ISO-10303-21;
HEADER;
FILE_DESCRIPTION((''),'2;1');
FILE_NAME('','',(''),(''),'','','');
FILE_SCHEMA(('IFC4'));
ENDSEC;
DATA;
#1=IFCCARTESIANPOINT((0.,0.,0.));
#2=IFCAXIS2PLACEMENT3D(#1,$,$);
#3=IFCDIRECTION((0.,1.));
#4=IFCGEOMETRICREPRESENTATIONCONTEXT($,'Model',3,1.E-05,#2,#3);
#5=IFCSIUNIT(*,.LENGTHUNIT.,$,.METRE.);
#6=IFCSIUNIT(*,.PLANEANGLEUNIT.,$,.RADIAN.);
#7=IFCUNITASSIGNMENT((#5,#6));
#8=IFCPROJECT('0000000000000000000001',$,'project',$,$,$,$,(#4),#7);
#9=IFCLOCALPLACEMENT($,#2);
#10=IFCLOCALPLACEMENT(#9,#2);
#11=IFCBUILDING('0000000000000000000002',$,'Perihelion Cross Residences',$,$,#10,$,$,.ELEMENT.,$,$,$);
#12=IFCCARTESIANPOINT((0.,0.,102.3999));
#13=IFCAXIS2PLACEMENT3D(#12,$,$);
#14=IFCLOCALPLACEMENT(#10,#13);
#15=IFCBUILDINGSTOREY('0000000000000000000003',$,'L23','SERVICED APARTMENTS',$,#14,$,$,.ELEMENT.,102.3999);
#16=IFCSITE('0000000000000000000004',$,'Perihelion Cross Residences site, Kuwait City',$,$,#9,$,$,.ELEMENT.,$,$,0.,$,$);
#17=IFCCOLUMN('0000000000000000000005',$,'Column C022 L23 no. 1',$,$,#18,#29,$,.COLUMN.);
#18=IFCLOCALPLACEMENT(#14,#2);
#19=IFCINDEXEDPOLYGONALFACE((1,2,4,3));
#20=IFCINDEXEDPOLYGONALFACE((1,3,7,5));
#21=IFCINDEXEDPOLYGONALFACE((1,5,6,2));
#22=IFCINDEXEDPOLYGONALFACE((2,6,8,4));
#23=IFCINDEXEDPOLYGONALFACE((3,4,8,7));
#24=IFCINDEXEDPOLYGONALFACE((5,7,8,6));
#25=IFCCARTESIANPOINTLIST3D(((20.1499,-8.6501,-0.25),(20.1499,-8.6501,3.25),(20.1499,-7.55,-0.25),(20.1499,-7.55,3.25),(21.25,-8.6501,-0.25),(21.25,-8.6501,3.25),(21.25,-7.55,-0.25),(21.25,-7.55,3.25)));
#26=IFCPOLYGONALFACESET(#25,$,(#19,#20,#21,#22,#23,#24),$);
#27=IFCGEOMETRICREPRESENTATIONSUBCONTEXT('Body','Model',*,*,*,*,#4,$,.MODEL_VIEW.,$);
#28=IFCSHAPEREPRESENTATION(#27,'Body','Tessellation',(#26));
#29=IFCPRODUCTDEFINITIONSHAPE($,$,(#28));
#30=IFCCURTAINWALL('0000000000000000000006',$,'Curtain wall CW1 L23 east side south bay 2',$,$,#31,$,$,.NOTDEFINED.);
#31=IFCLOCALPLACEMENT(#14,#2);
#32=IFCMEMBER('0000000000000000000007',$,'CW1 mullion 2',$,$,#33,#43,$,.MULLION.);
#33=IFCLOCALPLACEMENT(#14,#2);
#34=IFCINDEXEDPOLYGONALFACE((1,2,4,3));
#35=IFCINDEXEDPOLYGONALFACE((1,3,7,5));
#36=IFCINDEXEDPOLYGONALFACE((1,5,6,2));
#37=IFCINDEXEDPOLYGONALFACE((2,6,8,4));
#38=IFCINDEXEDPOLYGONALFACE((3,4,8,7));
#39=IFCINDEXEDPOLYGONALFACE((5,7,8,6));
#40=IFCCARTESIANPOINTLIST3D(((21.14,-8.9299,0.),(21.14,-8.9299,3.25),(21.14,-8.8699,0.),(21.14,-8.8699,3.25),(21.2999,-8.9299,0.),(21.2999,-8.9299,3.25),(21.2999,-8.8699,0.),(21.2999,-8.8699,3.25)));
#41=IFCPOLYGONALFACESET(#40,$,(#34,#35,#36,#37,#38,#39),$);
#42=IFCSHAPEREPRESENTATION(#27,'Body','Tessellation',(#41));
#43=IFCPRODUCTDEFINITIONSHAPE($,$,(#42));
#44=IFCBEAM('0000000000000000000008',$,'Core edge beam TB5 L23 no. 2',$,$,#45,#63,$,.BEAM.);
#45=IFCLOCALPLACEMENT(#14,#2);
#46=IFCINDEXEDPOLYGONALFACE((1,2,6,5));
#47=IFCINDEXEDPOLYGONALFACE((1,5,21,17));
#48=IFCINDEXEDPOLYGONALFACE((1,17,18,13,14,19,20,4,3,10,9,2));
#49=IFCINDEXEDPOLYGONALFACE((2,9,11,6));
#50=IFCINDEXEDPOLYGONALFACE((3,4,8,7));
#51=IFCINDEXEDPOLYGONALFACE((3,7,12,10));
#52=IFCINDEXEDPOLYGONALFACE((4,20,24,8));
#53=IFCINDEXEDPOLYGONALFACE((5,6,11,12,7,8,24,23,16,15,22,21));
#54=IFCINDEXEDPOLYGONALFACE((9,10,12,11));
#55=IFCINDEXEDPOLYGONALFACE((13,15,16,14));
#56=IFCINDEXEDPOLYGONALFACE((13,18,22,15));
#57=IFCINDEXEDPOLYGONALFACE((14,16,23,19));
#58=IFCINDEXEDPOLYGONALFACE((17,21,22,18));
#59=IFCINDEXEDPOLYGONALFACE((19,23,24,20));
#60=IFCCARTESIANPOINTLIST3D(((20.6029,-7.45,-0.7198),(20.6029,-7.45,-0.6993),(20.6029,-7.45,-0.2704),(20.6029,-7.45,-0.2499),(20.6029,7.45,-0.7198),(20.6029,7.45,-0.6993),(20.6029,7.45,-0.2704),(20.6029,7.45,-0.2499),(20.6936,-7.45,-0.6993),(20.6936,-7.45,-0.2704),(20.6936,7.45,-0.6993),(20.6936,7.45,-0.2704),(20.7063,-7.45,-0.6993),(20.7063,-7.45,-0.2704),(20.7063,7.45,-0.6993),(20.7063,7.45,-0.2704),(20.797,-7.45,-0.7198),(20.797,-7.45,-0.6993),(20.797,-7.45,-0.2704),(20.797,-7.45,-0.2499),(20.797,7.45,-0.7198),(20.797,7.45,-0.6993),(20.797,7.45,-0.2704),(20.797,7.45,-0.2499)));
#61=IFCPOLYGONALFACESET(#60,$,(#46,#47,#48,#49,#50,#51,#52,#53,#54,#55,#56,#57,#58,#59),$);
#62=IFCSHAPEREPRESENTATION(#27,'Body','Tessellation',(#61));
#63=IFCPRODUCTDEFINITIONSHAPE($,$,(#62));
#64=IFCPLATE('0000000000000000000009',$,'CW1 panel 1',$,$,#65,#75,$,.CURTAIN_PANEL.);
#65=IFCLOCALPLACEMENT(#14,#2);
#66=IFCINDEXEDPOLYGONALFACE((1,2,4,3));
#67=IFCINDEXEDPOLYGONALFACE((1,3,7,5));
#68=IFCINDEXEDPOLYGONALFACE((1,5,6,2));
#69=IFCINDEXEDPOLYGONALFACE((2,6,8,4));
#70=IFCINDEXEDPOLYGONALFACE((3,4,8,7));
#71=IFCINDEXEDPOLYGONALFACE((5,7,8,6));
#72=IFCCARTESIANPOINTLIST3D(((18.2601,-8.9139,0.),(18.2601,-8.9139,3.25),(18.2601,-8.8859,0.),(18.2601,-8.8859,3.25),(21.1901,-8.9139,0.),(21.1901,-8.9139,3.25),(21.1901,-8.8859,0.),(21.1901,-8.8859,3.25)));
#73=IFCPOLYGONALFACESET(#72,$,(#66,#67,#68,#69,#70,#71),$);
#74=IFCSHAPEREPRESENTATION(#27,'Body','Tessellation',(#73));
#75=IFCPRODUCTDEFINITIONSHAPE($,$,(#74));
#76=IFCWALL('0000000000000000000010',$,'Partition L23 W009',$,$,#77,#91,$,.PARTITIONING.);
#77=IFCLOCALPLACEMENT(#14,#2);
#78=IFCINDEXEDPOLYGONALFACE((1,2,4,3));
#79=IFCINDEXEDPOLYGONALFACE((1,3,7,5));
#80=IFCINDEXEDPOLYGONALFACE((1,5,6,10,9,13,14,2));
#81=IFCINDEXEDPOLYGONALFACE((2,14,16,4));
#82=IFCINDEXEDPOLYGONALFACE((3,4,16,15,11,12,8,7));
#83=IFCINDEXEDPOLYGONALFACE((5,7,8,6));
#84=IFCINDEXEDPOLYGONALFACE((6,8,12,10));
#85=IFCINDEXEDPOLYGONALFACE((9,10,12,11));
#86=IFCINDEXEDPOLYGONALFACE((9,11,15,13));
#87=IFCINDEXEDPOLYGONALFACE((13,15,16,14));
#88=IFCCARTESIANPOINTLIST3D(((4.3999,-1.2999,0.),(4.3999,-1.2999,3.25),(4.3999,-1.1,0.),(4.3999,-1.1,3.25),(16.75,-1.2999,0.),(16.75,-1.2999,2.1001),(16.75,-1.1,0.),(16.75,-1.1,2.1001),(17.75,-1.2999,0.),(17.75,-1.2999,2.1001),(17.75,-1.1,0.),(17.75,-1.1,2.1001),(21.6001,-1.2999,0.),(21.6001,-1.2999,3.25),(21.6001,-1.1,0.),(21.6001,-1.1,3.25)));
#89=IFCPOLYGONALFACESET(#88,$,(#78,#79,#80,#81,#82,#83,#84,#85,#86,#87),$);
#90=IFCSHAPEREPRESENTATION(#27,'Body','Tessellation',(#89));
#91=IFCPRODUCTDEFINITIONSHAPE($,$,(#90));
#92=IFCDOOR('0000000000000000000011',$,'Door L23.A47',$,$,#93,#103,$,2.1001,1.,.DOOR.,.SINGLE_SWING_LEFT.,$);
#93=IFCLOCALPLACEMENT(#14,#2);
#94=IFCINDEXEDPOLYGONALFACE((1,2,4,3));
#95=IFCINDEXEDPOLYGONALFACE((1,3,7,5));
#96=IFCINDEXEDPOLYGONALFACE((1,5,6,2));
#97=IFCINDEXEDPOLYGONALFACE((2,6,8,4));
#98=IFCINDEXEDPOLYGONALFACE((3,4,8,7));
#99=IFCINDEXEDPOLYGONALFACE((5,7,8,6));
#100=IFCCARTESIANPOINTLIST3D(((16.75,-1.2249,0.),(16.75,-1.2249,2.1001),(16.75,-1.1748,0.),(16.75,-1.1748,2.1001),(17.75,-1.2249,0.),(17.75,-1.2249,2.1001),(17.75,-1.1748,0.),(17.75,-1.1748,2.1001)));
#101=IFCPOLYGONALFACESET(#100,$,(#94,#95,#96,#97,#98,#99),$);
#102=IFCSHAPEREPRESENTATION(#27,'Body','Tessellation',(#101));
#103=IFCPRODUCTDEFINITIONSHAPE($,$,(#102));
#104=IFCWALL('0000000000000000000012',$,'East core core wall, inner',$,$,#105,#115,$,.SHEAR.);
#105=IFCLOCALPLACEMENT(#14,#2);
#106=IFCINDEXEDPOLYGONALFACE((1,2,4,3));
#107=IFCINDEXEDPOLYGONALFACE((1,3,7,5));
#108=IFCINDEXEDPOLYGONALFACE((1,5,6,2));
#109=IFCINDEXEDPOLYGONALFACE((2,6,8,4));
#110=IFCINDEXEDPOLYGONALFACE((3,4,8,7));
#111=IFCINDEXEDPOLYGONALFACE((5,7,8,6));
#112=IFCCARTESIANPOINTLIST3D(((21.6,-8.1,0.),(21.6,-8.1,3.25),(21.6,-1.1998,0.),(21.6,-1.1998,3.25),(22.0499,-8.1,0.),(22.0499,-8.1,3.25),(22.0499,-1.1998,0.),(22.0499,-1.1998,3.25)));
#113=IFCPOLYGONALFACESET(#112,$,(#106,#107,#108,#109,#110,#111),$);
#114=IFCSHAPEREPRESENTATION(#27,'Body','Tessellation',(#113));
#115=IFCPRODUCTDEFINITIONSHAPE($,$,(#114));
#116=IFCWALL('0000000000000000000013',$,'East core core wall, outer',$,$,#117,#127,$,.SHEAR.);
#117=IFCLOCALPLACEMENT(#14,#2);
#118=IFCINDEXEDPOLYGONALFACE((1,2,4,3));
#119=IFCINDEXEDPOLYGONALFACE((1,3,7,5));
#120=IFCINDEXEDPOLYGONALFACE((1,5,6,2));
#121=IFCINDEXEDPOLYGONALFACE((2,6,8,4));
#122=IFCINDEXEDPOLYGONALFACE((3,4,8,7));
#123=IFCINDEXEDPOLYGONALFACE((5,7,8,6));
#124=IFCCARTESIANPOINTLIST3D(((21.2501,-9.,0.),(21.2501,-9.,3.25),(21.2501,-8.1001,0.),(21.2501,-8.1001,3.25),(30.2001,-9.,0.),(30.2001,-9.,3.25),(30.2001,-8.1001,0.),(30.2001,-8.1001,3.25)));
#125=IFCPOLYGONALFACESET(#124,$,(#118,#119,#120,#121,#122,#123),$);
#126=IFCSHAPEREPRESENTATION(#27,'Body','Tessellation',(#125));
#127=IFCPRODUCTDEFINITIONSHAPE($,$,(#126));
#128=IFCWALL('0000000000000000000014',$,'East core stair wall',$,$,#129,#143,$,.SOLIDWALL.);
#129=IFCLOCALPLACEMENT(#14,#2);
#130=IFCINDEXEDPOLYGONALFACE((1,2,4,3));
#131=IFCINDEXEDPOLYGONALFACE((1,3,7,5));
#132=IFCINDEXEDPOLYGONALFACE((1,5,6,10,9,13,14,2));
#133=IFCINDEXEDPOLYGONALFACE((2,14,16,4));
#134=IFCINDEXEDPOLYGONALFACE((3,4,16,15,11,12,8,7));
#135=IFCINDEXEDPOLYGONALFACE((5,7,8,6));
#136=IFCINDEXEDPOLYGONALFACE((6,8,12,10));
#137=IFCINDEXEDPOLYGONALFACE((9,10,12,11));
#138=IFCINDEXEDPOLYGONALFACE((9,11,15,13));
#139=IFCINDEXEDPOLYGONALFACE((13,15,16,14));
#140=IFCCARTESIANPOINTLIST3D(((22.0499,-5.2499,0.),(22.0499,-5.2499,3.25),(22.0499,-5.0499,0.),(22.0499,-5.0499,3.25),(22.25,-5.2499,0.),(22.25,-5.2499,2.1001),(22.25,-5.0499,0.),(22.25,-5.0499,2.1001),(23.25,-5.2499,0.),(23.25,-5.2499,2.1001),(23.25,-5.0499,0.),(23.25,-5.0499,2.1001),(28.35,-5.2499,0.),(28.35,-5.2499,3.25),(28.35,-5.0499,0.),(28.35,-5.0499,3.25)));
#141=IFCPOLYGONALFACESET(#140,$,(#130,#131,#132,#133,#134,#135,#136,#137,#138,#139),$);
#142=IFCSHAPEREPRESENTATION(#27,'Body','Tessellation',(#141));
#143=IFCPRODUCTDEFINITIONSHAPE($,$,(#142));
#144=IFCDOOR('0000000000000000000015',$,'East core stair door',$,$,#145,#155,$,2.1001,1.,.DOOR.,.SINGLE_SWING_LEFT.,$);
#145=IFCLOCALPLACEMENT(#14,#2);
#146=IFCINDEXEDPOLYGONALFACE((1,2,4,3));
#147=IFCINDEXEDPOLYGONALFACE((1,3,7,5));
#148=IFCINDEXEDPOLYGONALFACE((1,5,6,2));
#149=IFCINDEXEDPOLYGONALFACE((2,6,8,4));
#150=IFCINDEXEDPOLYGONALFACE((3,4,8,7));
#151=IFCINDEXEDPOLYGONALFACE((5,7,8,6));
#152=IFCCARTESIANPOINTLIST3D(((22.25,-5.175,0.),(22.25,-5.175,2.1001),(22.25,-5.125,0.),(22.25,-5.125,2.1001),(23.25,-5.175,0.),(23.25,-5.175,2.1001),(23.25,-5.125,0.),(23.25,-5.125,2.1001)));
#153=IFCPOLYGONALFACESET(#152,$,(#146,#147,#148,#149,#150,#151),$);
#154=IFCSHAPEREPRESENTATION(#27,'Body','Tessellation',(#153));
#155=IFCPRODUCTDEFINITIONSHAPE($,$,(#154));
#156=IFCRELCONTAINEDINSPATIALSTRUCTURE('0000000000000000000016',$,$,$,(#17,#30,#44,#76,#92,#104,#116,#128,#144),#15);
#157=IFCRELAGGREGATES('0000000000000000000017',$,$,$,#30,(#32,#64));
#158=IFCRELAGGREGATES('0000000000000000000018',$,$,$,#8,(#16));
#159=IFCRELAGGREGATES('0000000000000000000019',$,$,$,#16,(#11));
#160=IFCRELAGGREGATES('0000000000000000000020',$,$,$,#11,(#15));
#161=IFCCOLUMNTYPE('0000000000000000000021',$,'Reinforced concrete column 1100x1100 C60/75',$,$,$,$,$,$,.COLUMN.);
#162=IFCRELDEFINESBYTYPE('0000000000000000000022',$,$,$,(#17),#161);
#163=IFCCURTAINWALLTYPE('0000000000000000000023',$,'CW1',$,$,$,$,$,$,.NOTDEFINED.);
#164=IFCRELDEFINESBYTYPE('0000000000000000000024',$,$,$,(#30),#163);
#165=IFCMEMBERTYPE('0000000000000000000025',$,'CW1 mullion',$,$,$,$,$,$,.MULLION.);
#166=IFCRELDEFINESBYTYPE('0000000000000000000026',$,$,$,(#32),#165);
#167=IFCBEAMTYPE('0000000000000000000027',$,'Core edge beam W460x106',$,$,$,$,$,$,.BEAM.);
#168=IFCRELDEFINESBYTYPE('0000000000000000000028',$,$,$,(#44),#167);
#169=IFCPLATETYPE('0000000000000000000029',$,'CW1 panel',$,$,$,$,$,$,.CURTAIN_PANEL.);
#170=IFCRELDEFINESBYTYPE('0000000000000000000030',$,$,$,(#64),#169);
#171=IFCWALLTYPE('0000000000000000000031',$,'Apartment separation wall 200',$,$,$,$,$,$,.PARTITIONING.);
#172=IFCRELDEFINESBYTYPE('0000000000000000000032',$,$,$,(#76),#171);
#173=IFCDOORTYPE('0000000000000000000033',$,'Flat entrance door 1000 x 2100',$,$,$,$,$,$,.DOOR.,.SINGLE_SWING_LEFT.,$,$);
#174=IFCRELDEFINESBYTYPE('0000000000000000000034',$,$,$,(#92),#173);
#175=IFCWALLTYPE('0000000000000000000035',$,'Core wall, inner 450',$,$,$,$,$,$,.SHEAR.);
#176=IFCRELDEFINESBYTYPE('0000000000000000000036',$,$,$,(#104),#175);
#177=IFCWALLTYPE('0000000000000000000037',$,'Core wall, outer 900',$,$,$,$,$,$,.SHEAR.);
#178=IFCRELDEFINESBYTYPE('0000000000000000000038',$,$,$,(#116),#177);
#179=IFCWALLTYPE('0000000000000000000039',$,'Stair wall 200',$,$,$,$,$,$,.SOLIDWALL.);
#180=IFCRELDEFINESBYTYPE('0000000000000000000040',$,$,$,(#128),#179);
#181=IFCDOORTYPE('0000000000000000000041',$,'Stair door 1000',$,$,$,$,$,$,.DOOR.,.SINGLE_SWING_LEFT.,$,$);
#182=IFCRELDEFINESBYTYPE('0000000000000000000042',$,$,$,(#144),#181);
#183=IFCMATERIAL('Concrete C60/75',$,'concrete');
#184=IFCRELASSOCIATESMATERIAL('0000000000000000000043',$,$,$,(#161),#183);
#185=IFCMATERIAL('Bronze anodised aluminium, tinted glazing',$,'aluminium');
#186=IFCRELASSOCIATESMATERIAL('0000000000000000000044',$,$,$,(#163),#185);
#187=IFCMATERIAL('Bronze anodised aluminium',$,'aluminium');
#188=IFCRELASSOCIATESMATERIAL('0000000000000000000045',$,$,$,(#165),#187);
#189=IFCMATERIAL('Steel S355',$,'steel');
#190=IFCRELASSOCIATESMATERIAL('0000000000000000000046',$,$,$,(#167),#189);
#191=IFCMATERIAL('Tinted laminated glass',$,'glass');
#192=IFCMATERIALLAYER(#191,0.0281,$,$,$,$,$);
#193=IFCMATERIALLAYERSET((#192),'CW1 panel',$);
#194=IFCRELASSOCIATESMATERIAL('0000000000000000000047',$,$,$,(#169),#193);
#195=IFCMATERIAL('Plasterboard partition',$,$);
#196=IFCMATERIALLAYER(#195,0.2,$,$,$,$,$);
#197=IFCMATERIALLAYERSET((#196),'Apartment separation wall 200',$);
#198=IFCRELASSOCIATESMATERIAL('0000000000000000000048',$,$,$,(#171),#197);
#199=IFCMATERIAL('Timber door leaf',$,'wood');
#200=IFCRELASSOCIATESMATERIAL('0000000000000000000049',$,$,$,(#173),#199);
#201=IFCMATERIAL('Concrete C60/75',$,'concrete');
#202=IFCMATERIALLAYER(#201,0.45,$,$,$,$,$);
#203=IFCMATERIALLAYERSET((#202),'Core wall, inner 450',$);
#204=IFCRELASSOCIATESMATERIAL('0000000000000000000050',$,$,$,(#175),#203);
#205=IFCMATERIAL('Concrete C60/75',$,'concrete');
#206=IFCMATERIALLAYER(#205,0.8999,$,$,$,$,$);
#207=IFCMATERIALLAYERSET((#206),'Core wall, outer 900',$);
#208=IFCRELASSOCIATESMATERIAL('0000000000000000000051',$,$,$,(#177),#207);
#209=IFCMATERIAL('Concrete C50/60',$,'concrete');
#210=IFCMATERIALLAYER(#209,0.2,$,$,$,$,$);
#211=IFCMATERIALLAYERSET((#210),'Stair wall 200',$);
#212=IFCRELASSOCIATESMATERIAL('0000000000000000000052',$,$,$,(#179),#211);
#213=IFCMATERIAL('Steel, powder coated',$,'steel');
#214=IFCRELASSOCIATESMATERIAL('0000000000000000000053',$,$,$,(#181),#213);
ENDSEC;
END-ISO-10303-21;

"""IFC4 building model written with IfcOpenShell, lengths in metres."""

from ifc_helpers import new_model, si_unit, direction, frame, frame_2d, origin, origin_2d, place, context, subcontext, project, spatial, rectangle, i_section, extrude, material, layer, layer_set, material_profile, profile_set, type_object, element, fill, aggregate, save


model = new_model("IFC4")

# Units and contexts
model_context = context("Model", 3, precision=1e-05, world=origin(), true_north=direction((0.0, 1.0)))
body_context = subcontext(model_context, "Body", "Model", "MODEL_VIEW")
ifc_project = project(units=[si_unit("LENGTHUNIT", "METRE"), si_unit("PLANEANGLEUNIT", "RADIAN")], contexts=[model_context])

# Site, building, storey
site_placement = place(None, origin())
site = spatial("IfcSite", under=ifc_project, at=site_placement, Name="Perihelion Cross Residences site, Kuwait City", CompositionType="ELEMENT", RefElevation=0.0)
building_placement = place(site_placement, origin())
building = spatial("IfcBuilding", under=site, at=building_placement, Name="Perihelion Cross Residences", CompositionType="ELEMENT")
storey_placement = place(building_placement, frame((0.0, 0.0, 102.3999)))
storey = spatial("IfcBuildingStorey", under=building, at=storey_placement, Name="L23", Description="SERVICED APARTMENTS", CompositionType="ELEMENT", Elevation=102.3999)

# Column
ifc_material_1 = material(Name="Concrete C60/75", Category="concrete")
ifc_material_profile_1 = material_profile(ifc_material_1, rectangle(XDim=1.1001, YDim=1.1001, at=origin_2d()), Name="RC 1100x1100")
ifc_profile_set_1 = profile_set([ifc_material_profile_1], Name="Concrete C60/75")
column_type = type_object("IfcColumnType", Name="Reinforced concrete column 1100x1100 C60/75", PredefinedType="COLUMN", material=ifc_profile_set_1)
column_placement = place(storey_placement, frame((20.7, -8.1001, -0.25), z_axis=(0.0, 0.0, 1.0), x_axis=(1.0, 0.0, 0.0)))
element("IfcColumn", 1, at=column_placement, inside=storey, type_object=column_type, Name="Column C022 L23 no. 1", PredefinedType="COLUMN", context=body_context, shape_type="SweptSolid", body=[
    extrude(rectangle(XDim=1.1001, YDim=1.1001, at=origin_2d()), origin(), (0.0, 0.0, 1.0), 3.5),
])

# Curtain wall, member
ifc_material_2 = material(Name="Bronze anodised aluminium, tinted glazing", Category="aluminium")
curtain_wall_type = type_object("IfcCurtainWallType", Name="CW1", PredefinedType="NOTDEFINED", material=ifc_material_2)
curtain_wall_placement = place(storey_placement, origin())
curtain_wall = element("IfcCurtainWall", 2, at=curtain_wall_placement, inside=storey, type_object=curtain_wall_type, Name="Curtain wall CW1 L23 east side south bay 2", PredefinedType="NOTDEFINED")
ifc_material_3 = material(Name="Bronze anodised aluminium", Category="aluminium")
ifc_material_profile_2 = material_profile(ifc_material_3, rectangle(XDim=0.0601, YDim=0.1599, at=origin_2d()), Name="CW1 mullion")
ifc_profile_set_2 = profile_set([ifc_material_profile_2], Name="Bronze anodised aluminium")
member_type = type_object("IfcMemberType", Name="CW1 mullion", PredefinedType="MULLION", material=ifc_profile_set_2)
member_placement = place(storey_placement, frame((21.22, -8.8999, 0.0), z_axis=(0.0, 0.0, 1.0), x_axis=(0.0, 1.0, 0.0)))
member = element("IfcMember", 3, at=member_placement, type_object=member_type, Name="CW1 mullion 2", PredefinedType="MULLION", context=body_context, shape_type="SweptSolid", body=[
    extrude(rectangle(XDim=0.0601, YDim=0.1599, at=origin_2d()), origin(), (0.0, 0.0, 1.0), 3.25),
])

# Beam
ifc_material_4 = material(Name="Steel S355", Category="steel")
ifc_material_profile_3 = material_profile(ifc_material_4, i_section(OverallWidth=0.1941, OverallDepth=0.47, WebThickness=0.0127, FlangeThickness=0.0205, at=origin_2d()), Name="W460x106")
ifc_profile_set_3 = profile_set([ifc_material_profile_3], Name="Steel S355")
beam_type = type_object("IfcBeamType", Name="Core edge beam W460x106", PredefinedType="BEAM", material=ifc_profile_set_3)
beam_placement = place(storey_placement, frame((20.7, -7.45, -0.4849), z_axis=(0.0, 1.0, 0.0), x_axis=(-1.0, 0.0, 0.0)))
element("IfcBeam", 4, at=beam_placement, inside=storey, type_object=beam_type, Name="Core edge beam TB5 L23 no. 2", PredefinedType="BEAM", context=body_context, shape_type="SweptSolid", body=[
    extrude(i_section(OverallWidth=0.1941, OverallDepth=0.47, WebThickness=0.0127, FlangeThickness=0.0205, at=origin_2d()), origin(), (0.0, 0.0, 1.0), 14.8999),
])

# Plate
ifc_material_5 = material(Name="Tinted laminated glass", Category="glass")
ifc_layer_1 = layer(ifc_material_5, 0.0281)
ifc_layer_set_1 = layer_set([ifc_layer_1], Name="CW1 panel")
plate_type = type_object("IfcPlateType", Name="CW1 panel", PredefinedType="CURTAIN_PANEL", material=ifc_layer_set_1)
plate_placement = place(storey_placement, frame((19.7251, -8.8999, 0.0), z_axis=(0.0, 0.0, 1.0), x_axis=(1.0, 0.0, 0.0)))
plate = element("IfcPlate", 5, at=plate_placement, type_object=plate_type, Name="CW1 panel 1", PredefinedType="CURTAIN_PANEL", context=body_context, shape_type="SweptSolid", body=[
    extrude(rectangle(XDim=2.9299, YDim=0.0281, at=origin_2d()), origin(), (0.0, 0.0, 1.0), 3.25),
])
aggregate(curtain_wall, [member, plate])

# Wall, opening, door
ifc_material_6 = material(Name="Plasterboard partition")
ifc_layer_2 = layer(ifc_material_6, 0.2)
ifc_layer_set_2 = layer_set([ifc_layer_2], Name="Apartment separation wall 200")
wall_type_1 = type_object("IfcWallType", Name="Apartment separation wall 200", PredefinedType="PARTITIONING", material=ifc_layer_set_2)
wall_1_placement = place(storey_placement, frame((21.6001, -1.2, 0.0), z_axis=(0.0, 0.0, 1.0), x_axis=(-1.0, 0.0, 0.0)))
wall_1 = element("IfcWall", 6, at=wall_1_placement, inside=storey, type_object=wall_type_1, Name="Partition L23 W009", PredefinedType="PARTITIONING", context=body_context, shape_type="SweptSolid", body=[
    extrude(rectangle(XDim=17.2002, YDim=0.2, at=frame_2d((8.6001, 0.0))), origin(), (0.0, 0.0, 1.0), 3.25),
])
opening_1_placement = place(wall_1_placement, frame((3.8501, 0.0, 0.0)))
opening_1 = element("IfcOpeningElement", 7, at=opening_1_placement, cuts=wall_1, PredefinedType="OPENING", context=body_context, shape_type="SweptSolid", body=[
    extrude(rectangle(XDim=1.0, YDim=2.1001, at=frame_2d((0.5, 1.05))), frame((0.0, 0.1099, 0.0), z_axis=(0.0, -1.0, 0.0), x_axis=(1.0, 0.0, 0.0)), (0.0, 0.0, 1.0), 0.22),
])
ifc_material_7 = material(Name="Timber door leaf", Category="wood")
door_type_1 = type_object("IfcDoorType", Name="Flat entrance door 1000 x 2100", OperationType="SINGLE_SWING_LEFT", PredefinedType="DOOR", material=ifc_material_7)
door_1_placement = place(opening_1_placement, origin())
door_1 = element("IfcDoor", 8, at=door_1_placement, inside=storey, type_object=door_type_1, Name="Door L23.A47", OperationType="SINGLE_SWING_LEFT", OverallHeight=2.1001, OverallWidth=1.0, PredefinedType="DOOR", context=body_context, shape_type="SweptSolid", body=[
    extrude(rectangle(XDim=1.0, YDim=2.1001, at=frame_2d((0.5, 1.05))), frame((0.0, 0.0249, 0.0), z_axis=(0.0, -1.0, 0.0), x_axis=(1.0, 0.0, 0.0)), (0.0, 0.0, 1.0), 0.05),
])
fill(opening_1, door_1)

# Walls
ifc_material_8 = material(Name="Concrete C60/75", Category="concrete")
ifc_layer_3 = layer(ifc_material_8, 0.45)
ifc_layer_set_3 = layer_set([ifc_layer_3], Name="Core wall, inner 450")
wall_type_2 = type_object("IfcWallType", Name="Core wall, inner 450", PredefinedType="SHEAR", material=ifc_layer_set_3)
wall_2_placement = place(storey_placement, frame((21.825, -8.1001, 0.0), z_axis=(0.0, 0.0, 1.0), x_axis=(0.0, 1.0, 0.0)))
element("IfcWall", 9, at=wall_2_placement, inside=storey, type_object=wall_type_2, Name="East core core wall, inner", PredefinedType="SHEAR", context=body_context, shape_type="SweptSolid", body=[
    extrude(rectangle(XDim=6.9001, YDim=0.45, at=frame_2d((3.4502, 0.0))), origin(), (0.0, 0.0, 1.0), 3.25),
])
ifc_material_9 = material(Name="Concrete C60/75", Category="concrete")
ifc_layer_4 = layer(ifc_material_9, 0.8999)
ifc_layer_set_4 = layer_set([ifc_layer_4], Name="Core wall, outer 900")
wall_type_3 = type_object("IfcWallType", Name="Core wall, outer 900", PredefinedType="SHEAR", material=ifc_layer_set_4)
wall_3_placement = place(storey_placement, frame((21.25, -8.55, 0.0), z_axis=(0.0, 0.0, 1.0), x_axis=(1.0, 0.0, 0.0)))
element("IfcWall", 10, at=wall_3_placement, inside=storey, type_object=wall_type_3, Name="East core core wall, outer", PredefinedType="SHEAR", context=body_context, shape_type="SweptSolid", body=[
    extrude(rectangle(XDim=8.95, YDim=0.8999, at=frame_2d((4.4751, 0.0))), origin(), (0.0, 0.0, 1.0), 3.25),
])

# Wall, opening, door
ifc_material_10 = material(Name="Concrete C50/60", Category="concrete")
ifc_layer_5 = layer(ifc_material_10, 0.2)
ifc_layer_set_5 = layer_set([ifc_layer_5], Name="Stair wall 200")
wall_type_4 = type_object("IfcWallType", Name="Stair wall 200", PredefinedType="SOLIDWALL", material=ifc_layer_set_5)
wall_4_placement = place(storey_placement, frame((22.05, -5.1499, 0.0), z_axis=(0.0, 0.0, 1.0), x_axis=(1.0, 0.0, 0.0)))
wall_4 = element("IfcWall", 11, at=wall_4_placement, inside=storey, type_object=wall_type_4, Name="East core stair wall", PredefinedType="SOLIDWALL", context=body_context, shape_type="SweptSolid", body=[
    extrude(rectangle(XDim=6.3, YDim=0.2, at=frame_2d((3.1499, 0.0))), origin(), (0.0, 0.0, 1.0), 3.25),
])
opening_2_placement = place(wall_4_placement, frame((0.2, 0.0, 0.0)))
opening_2 = element("IfcOpeningElement", 12, at=opening_2_placement, cuts=wall_4, PredefinedType="OPENING", context=body_context, shape_type="SweptSolid", body=[
    extrude(rectangle(XDim=1.0, YDim=2.1001, at=frame_2d((0.5, 1.05))), frame((0.0, 0.1099, 0.0), z_axis=(0.0, -1.0, 0.0), x_axis=(1.0, 0.0, 0.0)), (0.0, 0.0, 1.0), 0.22),
])
ifc_material_11 = material(Name="Steel, powder coated", Category="steel")
door_type_2 = type_object("IfcDoorType", Name="Stair door 1000", OperationType="SINGLE_SWING_LEFT", PredefinedType="DOOR", material=ifc_material_11)
door_2_placement = place(opening_2_placement, origin())
door_2 = element("IfcDoor", 13, at=door_2_placement, inside=storey, type_object=door_type_2, Name="East core stair door", OperationType="SINGLE_SWING_LEFT", OverallHeight=2.1001, OverallWidth=1.0, PredefinedType="DOOR", context=body_context, shape_type="SweptSolid", body=[
    extrude(rectangle(XDim=1.0, YDim=2.1001, at=frame_2d((0.5, 1.05))), frame((0.0, 0.0249, 0.0), z_axis=(0.0, -1.0, 0.0), x_axis=(1.0, 0.0, 0.0)), (0.0, 0.0, 1.0), 0.05),
])
fill(opening_2, door_2)

save(model, "model.ifc")
